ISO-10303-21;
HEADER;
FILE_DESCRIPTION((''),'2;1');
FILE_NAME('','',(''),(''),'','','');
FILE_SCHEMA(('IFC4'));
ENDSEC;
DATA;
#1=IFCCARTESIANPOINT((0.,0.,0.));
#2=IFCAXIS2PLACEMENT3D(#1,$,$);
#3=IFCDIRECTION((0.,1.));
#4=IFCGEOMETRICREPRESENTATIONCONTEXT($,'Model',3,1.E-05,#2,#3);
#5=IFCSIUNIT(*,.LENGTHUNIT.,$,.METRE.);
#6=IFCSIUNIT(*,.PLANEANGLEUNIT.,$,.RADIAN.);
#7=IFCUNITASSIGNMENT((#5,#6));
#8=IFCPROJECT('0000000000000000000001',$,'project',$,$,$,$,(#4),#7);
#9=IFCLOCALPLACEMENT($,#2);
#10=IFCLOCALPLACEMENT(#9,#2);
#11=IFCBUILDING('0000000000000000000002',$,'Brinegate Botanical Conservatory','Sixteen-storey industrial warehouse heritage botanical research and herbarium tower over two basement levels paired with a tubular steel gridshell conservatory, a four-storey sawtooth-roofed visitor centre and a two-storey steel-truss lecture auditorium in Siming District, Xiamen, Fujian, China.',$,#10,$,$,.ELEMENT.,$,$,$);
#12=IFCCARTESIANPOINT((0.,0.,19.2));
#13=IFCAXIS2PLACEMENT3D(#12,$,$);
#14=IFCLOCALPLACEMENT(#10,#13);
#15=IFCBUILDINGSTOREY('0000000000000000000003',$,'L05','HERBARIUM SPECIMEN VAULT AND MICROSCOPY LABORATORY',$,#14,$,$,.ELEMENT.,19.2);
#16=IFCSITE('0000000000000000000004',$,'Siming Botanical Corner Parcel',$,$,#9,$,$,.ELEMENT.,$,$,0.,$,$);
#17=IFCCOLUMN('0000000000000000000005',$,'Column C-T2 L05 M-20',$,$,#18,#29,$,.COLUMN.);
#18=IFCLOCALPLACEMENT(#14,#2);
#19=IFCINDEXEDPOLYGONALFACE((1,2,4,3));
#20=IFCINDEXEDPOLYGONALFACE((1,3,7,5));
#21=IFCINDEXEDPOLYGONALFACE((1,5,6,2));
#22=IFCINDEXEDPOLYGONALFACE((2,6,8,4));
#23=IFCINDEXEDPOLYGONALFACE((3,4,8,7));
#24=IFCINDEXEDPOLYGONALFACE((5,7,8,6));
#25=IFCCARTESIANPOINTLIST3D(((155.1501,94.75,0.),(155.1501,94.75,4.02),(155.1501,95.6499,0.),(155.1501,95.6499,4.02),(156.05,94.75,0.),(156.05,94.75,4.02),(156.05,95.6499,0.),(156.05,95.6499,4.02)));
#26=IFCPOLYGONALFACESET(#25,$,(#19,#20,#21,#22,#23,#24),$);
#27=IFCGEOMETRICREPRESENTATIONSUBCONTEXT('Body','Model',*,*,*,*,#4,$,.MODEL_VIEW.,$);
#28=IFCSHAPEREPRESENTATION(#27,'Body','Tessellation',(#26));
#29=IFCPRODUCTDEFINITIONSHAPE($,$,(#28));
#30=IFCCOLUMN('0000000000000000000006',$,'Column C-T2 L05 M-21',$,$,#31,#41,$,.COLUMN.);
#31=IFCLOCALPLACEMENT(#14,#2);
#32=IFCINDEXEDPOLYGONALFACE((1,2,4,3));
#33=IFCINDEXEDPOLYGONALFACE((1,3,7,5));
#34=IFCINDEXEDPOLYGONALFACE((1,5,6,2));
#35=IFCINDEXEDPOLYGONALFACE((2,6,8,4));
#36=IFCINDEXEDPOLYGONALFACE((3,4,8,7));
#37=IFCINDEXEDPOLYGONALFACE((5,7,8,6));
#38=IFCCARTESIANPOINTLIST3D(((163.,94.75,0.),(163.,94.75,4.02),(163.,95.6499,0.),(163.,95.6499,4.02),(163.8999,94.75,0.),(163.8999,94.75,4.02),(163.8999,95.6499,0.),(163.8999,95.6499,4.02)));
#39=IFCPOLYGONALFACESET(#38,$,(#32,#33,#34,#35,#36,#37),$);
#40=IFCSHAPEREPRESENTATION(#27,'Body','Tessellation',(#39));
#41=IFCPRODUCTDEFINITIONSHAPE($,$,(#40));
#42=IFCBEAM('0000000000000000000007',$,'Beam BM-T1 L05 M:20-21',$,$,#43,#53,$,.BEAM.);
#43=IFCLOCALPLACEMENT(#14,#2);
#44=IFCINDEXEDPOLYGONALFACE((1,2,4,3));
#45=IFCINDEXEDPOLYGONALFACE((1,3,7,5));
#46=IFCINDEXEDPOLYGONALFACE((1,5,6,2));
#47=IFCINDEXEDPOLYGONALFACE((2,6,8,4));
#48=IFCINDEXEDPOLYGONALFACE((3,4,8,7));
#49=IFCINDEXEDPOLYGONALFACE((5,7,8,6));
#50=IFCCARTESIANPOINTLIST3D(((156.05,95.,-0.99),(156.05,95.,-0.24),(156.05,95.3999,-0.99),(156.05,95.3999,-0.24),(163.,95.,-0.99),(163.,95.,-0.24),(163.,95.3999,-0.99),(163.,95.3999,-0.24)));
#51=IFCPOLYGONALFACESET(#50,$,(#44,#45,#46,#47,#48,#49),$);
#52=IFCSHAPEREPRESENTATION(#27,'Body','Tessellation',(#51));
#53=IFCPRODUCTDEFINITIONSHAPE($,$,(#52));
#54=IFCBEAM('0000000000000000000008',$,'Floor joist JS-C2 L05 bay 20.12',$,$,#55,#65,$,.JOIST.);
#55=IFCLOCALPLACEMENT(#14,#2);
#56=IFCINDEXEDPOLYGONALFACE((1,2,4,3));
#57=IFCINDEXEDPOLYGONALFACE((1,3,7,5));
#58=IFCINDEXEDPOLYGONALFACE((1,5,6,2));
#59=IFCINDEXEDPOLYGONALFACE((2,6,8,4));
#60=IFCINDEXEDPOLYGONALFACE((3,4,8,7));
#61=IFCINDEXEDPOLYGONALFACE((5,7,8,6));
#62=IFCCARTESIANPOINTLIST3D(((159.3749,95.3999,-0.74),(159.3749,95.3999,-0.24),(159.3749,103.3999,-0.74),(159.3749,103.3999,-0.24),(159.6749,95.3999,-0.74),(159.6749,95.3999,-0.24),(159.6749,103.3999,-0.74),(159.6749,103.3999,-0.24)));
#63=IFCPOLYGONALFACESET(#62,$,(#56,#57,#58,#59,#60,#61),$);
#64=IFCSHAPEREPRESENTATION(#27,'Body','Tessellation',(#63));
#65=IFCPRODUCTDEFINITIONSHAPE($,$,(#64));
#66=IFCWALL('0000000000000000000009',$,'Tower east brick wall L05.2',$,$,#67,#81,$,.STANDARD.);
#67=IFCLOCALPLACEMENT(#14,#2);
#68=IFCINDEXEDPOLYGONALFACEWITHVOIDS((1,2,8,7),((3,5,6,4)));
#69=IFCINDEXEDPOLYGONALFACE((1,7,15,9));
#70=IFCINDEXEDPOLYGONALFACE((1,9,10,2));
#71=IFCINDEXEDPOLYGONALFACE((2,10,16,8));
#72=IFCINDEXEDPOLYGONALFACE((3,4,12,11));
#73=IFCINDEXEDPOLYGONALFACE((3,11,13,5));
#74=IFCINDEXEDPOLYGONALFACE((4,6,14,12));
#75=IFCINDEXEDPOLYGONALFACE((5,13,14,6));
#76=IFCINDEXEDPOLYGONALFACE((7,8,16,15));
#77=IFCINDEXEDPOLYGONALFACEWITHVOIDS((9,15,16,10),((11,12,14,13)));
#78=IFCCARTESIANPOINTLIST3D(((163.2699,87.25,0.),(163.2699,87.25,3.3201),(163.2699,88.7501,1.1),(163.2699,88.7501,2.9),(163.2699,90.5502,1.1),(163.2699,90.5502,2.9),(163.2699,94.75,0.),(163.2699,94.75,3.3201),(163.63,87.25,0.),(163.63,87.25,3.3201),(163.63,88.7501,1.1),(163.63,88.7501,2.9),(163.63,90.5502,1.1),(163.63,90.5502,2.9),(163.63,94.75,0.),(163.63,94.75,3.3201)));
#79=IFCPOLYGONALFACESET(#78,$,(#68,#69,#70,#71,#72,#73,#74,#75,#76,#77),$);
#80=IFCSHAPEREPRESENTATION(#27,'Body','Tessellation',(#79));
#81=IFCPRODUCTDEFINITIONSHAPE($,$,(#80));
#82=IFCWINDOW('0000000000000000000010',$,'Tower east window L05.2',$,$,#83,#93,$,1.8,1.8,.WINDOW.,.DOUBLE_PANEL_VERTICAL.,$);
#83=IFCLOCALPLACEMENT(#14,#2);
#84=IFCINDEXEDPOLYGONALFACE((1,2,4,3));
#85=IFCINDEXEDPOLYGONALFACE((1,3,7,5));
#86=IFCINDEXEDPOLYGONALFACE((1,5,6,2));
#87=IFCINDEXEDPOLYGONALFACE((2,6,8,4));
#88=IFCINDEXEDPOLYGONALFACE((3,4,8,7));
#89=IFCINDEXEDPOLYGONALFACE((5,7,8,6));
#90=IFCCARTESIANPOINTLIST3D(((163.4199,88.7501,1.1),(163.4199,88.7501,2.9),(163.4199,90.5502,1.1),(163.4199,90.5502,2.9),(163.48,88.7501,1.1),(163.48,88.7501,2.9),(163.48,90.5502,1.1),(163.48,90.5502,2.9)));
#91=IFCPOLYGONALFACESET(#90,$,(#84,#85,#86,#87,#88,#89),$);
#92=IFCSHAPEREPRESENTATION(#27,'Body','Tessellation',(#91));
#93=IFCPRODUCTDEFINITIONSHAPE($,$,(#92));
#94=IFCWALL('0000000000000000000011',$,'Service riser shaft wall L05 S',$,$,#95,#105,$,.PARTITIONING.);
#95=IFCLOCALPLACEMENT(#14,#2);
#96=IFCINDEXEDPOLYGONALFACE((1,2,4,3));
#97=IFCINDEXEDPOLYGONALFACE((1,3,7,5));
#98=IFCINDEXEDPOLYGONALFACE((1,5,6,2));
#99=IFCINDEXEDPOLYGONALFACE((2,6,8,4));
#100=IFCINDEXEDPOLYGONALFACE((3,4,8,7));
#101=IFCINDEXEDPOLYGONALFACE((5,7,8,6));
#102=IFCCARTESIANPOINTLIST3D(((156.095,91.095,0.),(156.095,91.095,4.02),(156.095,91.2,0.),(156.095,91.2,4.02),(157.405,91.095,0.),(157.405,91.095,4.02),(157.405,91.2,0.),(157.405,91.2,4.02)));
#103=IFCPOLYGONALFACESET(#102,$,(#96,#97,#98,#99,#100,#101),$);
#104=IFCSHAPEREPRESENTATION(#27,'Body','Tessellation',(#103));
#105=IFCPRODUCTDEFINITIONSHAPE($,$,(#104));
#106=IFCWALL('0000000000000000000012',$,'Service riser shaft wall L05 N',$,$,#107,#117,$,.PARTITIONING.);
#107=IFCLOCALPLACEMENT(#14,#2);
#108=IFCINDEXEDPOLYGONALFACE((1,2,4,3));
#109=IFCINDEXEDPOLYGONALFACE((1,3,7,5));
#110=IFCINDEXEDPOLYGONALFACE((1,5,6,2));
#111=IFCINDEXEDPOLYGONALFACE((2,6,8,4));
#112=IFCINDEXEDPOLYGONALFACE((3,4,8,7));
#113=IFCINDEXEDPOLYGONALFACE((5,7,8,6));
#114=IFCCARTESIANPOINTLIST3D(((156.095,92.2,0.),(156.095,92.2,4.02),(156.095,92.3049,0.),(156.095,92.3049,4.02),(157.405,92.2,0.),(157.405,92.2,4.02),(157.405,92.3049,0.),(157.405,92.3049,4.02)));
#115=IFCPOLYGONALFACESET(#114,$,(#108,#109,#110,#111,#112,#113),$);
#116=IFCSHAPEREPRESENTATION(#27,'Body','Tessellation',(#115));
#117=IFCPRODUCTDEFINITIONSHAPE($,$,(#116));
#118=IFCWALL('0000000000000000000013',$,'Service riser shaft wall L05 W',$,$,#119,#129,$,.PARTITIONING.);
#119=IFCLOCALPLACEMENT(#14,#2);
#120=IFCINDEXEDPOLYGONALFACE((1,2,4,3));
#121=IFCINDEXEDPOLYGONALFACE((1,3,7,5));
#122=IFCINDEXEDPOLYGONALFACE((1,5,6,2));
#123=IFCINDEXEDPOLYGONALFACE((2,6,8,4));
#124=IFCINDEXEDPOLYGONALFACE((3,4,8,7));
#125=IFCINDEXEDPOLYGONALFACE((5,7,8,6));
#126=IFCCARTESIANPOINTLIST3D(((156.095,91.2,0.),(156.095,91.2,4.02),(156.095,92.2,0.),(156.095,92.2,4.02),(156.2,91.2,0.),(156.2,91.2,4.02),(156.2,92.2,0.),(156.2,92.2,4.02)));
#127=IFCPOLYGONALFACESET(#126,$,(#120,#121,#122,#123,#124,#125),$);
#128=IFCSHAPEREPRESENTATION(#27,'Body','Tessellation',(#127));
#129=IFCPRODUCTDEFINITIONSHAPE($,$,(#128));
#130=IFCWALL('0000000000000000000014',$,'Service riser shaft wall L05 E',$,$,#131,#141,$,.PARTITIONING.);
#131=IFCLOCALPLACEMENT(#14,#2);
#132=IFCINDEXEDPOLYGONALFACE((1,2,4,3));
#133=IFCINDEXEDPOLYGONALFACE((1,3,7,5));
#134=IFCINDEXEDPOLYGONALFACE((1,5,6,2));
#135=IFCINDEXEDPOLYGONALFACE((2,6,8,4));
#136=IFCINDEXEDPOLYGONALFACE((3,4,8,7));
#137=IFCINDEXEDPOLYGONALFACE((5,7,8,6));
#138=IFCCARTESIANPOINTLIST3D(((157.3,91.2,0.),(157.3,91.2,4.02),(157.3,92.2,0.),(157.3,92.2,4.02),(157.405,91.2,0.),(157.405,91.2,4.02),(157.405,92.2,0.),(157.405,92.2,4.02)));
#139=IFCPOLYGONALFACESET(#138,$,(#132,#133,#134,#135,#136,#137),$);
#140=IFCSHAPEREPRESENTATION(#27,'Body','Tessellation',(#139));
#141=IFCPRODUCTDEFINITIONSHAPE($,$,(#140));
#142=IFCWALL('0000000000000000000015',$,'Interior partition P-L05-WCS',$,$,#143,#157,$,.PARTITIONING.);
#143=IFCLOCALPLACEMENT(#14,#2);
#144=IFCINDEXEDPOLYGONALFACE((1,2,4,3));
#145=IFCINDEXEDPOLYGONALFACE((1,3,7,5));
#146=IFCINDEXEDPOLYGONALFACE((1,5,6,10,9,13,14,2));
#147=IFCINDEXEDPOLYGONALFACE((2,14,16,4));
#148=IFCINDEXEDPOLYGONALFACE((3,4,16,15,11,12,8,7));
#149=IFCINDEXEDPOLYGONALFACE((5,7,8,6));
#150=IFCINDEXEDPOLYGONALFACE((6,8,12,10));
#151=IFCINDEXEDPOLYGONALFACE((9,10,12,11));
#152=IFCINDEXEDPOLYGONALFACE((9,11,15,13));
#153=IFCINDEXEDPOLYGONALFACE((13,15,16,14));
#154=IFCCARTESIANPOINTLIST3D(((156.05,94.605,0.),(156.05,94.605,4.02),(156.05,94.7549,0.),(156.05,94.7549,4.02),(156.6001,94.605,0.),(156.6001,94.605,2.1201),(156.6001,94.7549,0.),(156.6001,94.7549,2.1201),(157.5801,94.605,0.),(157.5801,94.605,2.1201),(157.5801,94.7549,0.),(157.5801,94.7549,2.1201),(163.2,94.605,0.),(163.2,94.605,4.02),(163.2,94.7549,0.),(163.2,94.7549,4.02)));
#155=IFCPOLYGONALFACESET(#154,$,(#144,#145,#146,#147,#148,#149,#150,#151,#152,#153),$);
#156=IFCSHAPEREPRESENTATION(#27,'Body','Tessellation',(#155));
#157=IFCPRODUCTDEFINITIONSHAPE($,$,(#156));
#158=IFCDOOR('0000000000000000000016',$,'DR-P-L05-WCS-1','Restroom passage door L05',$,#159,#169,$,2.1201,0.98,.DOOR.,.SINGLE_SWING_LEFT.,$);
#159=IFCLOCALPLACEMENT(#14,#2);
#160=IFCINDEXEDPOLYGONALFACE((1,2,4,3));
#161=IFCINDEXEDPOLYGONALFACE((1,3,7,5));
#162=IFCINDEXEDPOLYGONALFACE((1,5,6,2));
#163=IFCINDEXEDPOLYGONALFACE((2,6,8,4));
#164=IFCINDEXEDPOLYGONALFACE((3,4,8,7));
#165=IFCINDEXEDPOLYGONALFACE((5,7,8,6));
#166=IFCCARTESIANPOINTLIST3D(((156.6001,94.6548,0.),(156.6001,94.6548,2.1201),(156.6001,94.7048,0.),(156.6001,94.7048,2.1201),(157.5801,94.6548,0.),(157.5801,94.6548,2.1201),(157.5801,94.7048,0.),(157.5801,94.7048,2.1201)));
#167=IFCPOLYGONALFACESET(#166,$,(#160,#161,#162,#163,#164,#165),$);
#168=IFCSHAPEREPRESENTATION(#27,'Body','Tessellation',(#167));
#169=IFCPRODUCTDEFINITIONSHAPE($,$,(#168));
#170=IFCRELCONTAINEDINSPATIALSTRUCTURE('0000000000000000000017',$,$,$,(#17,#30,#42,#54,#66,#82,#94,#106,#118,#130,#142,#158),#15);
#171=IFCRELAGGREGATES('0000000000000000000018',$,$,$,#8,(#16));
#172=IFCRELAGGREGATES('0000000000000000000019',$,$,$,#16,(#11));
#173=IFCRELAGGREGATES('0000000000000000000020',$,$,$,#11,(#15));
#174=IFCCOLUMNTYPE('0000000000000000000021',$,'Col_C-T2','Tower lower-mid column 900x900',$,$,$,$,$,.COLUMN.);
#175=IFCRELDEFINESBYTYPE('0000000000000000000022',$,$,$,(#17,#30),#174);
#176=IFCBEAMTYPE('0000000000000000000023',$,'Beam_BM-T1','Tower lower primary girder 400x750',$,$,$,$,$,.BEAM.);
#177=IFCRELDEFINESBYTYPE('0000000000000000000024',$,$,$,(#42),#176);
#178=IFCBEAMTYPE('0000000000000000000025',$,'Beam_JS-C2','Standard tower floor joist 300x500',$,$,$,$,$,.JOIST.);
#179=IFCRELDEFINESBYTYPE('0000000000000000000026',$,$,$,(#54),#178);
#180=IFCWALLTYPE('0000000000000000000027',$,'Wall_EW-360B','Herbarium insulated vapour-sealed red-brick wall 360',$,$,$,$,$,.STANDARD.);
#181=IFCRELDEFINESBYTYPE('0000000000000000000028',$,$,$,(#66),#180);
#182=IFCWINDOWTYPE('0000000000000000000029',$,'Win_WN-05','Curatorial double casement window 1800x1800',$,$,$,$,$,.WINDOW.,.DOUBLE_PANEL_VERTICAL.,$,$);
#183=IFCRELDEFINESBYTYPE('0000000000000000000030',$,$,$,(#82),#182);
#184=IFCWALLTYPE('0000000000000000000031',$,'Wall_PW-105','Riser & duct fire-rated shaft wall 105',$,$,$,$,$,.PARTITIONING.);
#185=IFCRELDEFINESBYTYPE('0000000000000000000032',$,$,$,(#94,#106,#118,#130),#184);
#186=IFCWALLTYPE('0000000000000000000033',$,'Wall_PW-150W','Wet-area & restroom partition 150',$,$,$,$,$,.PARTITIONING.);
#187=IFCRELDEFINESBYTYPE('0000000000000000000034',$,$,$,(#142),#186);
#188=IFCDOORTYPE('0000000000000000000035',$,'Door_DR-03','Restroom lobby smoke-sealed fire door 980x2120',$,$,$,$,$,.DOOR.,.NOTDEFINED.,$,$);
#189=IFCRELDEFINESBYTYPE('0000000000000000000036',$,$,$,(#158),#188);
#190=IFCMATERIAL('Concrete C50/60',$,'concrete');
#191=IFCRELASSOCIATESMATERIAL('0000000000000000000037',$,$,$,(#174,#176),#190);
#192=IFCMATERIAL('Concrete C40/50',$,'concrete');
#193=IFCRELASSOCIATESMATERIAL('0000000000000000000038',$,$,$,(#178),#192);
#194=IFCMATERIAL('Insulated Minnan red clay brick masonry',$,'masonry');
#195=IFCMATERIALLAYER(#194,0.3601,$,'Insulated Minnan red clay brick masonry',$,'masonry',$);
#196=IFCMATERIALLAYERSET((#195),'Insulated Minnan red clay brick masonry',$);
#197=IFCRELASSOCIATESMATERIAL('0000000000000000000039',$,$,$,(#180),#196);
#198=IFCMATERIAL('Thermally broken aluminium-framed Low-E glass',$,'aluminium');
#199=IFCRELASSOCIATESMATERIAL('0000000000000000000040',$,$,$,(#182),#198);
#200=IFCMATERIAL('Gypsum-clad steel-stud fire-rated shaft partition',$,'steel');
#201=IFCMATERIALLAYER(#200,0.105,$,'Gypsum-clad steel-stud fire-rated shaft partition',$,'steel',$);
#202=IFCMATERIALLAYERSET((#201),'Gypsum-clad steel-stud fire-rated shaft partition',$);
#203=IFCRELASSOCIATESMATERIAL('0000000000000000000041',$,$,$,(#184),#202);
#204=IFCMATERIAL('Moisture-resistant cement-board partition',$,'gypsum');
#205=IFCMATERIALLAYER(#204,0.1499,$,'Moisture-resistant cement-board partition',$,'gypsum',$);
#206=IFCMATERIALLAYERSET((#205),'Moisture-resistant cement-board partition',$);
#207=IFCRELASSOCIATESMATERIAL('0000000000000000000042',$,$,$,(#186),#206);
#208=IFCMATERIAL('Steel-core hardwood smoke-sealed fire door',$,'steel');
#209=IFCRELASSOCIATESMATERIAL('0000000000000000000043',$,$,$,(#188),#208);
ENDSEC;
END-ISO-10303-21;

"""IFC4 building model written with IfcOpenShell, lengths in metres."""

from ifc_helpers import new_model, si_unit, direction, frame, frame_2d, origin, origin_2d, place, context, subcontext, project, spatial, rectangle, extrude, material, layer, layer_set, material_profile, profile_set, type_object, element, fill, save


model = new_model("IFC4")

# Units and contexts
model_context = context("Model", 3, precision=1e-05, world=origin(), true_north=direction((0.0, 1.0)))
body_context = subcontext(model_context, "Body", "Model", "MODEL_VIEW")
ifc_project = project(units=[si_unit("LENGTHUNIT", "METRE"), si_unit("PLANEANGLEUNIT", "RADIAN")], contexts=[model_context])

# Site, building, storey
site_placement = place(None, origin())
site = spatial("IfcSite", under=ifc_project, at=site_placement, Name="Siming Botanical Corner Parcel", CompositionType="ELEMENT", RefElevation=0.0)
building_placement = place(site_placement, origin())
building = spatial("IfcBuilding", under=site, at=building_placement, Name="Brinegate Botanical Conservatory", Description="Sixteen-storey industrial warehouse heritage botanical research and herbarium tower over two basement levels paired with a tubular steel gridshell conservatory, a four-storey sawtooth-roofed visitor centre and a two-storey steel-truss lecture auditorium in Siming District, Xiamen, Fujian, China.", CompositionType="ELEMENT")
storey_placement = place(building_placement, frame((0.0, 0.0, 19.2)))
storey = spatial("IfcBuildingStorey", under=building, at=storey_placement, Name="L05", Description="HERBARIUM SPECIMEN VAULT AND MICROSCOPY LABORATORY", CompositionType="ELEMENT", Elevation=19.2)

# Columns
ifc_material_1 = material(Name="Concrete C50/60", Category="concrete")
ifc_material_profile_1 = material_profile(ifc_material_1, rectangle(XDim=0.8999, YDim=0.8999, at=origin_2d()), Name="RC COL 900x900")
ifc_profile_set_1 = profile_set([ifc_material_profile_1], Name="Concrete C50/60")
column_type = type_object("IfcColumnType", Name="Col_C-T2", Description="Tower lower-mid column 900x900", PredefinedType="COLUMN", material=ifc_profile_set_1)
for number, where, z_axis, x_axis, name in (
    (1, (155.6001, 95.2, 0.0), (0.0, 0.0, 1.0), (1.0, 0.0, 0.0), "Column C-T2 L05 M-20"),
    (2, (163.45, 95.2, 0.0), (0.0, 0.0, 1.0), (1.0, 0.0, 0.0), "Column C-T2 L05 M-21"),
):
    element("IfcColumn", number, at=place(storey_placement, frame(where, z_axis=z_axis, x_axis=x_axis)), inside=storey, type_object=column_type, Name=name, PredefinedType="COLUMN", context=body_context, shape_type="SweptSolid", body=[
        extrude(rectangle(XDim=0.8999, YDim=0.8999, at=origin_2d()), origin(), (0.0, 0.0, 1.0), 4.02),
    ])

# Beams
ifc_material_profile_2 = material_profile(ifc_material_1, rectangle(XDim=0.3999, YDim=0.75, at=origin_2d()), Name="RC BM 400x750")
ifc_profile_set_2 = profile_set([ifc_material_profile_2], Name="Concrete C50/60")
beam_type_1 = type_object("IfcBeamType", Name="Beam_BM-T1", Description="Tower lower primary girder 400x750", PredefinedType="BEAM", material=ifc_profile_set_2)
beam_1_placement = place(storey_placement, frame((156.05, 95.2, -0.615), z_axis=(1.0, 0.0, 0.0), x_axis=(0.0, 1.0, 0.0)))
element("IfcBeam", 3, at=beam_1_placement, inside=storey, type_object=beam_type_1, Name="Beam BM-T1 L05 M:20-21", PredefinedType="BEAM", context=body_context, shape_type="SweptSolid", body=[
    extrude(rectangle(XDim=0.3999, YDim=0.75, at=origin_2d()), origin(), (0.0, 0.0, 1.0), 6.95),
])
ifc_material_2 = material(Name="Concrete C40/50", Category="concrete")
ifc_material_profile_3 = material_profile(ifc_material_2, rectangle(XDim=0.3, YDim=0.5, at=origin_2d()), Name="RC JST 300x500")
ifc_profile_set_3 = profile_set([ifc_material_profile_3], Name="Concrete C40/50")
beam_type_2 = type_object("IfcBeamType", Name="Beam_JS-C2", Description="Standard tower floor joist 300x500", PredefinedType="JOIST", material=ifc_profile_set_3)
beam_2_placement = place(storey_placement, frame((159.5249, 95.3999, -0.49), z_axis=(0.0, 1.0, 0.0), x_axis=(-1.0, 0.0, 0.0)))
element("IfcBeam", 4, at=beam_2_placement, inside=storey, type_object=beam_type_2, Name="Floor joist JS-C2 L05 bay 20.12", PredefinedType="JOIST", context=body_context, shape_type="SweptSolid", body=[
    extrude(rectangle(XDim=0.3, YDim=0.5, at=origin_2d()), origin(), (0.0, 0.0, 1.0), 8.0),
])

# Wall, opening, window
ifc_material_3 = material(Name="Insulated Minnan red clay brick masonry", Category="masonry")
ifc_layer_1 = layer(ifc_material_3, 0.3601, Name="Insulated Minnan red clay brick masonry", Category="masonry")
ifc_layer_set_1 = layer_set([ifc_layer_1], Name="Insulated Minnan red clay brick masonry")
wall_type_1 = type_object("IfcWallType", Name="Wall_EW-360B", Description="Herbarium insulated vapour-sealed red-brick wall 360", PredefinedType="STANDARD", material=ifc_layer_set_1)
wall_1_placement = place(storey_placement, frame((163.45, 94.75, 0.0), z_axis=(0.0, 0.0, 1.0), x_axis=(0.0, -1.0, 0.0)))
wall_1 = element("IfcWall", 5, at=wall_1_placement, inside=storey, type_object=wall_type_1, Name="Tower east brick wall L05.2", PredefinedType="STANDARD", context=body_context, shape_type="SweptSolid", body=[
    extrude(rectangle(XDim=7.5, YDim=0.3601, at=frame_2d((3.75, 0.0))), origin(), (0.0, 0.0, 1.0), 3.3201),
])
opening_1_placement = place(wall_1_placement, frame((4.2, 0.0, 1.1001)))
opening_1 = element("IfcOpeningElement", 6, at=opening_1_placement, cuts=wall_1, PredefinedType="OPENING", context=body_context, shape_type="SweptSolid", body=[
    extrude(rectangle(XDim=1.8, YDim=1.8, at=frame_2d((0.8999, 0.8999))), frame((0.0, 0.1899, 0.0), z_axis=(0.0, -1.0, 0.0), x_axis=(1.0, 0.0, 0.0)), (0.0, 0.0, 1.0), 0.3801),
])
ifc_material_4 = material(Name="Thermally broken aluminium-framed Low-E glass", Category="aluminium")
window_type = type_object("IfcWindowType", Name="Win_WN-05", Description="Curatorial double casement window 1800x1800", PartitioningType="DOUBLE_PANEL_VERTICAL", PredefinedType="WINDOW", material=ifc_material_4)
window_placement = place(opening_1_placement, origin())
window = element("IfcWindow", 7, at=window_placement, inside=storey, type_object=window_type, Name="Tower east window L05.2", OverallHeight=1.8, OverallWidth=1.8, PartitioningType="DOUBLE_PANEL_VERTICAL", PredefinedType="WINDOW", context=body_context, shape_type="SweptSolid", body=[
    extrude(rectangle(XDim=1.8, YDim=1.8, at=frame_2d((0.8999, 0.8999))), frame((0.0, 0.03, 0.0), z_axis=(0.0, -1.0, 0.0), x_axis=(1.0, 0.0, 0.0)), (0.0, 0.0, 1.0), 0.0601),
])
fill(opening_1, window)

# Walls
ifc_material_5 = material(Name="Gypsum-clad steel-stud fire-rated shaft partition", Category="steel")
ifc_layer_2 = layer(ifc_material_5, 0.105, Name="Gypsum-clad steel-stud fire-rated shaft partition", Category="steel")
ifc_layer_set_2 = layer_set([ifc_layer_2], Name="Gypsum-clad steel-stud fire-rated shaft partition")
wall_type_2 = type_object("IfcWallType", Name="Wall_PW-105", Description="Riser & duct fire-rated shaft wall 105", PredefinedType="PARTITIONING", material=ifc_layer_set_2)
for number, where, z_axis, x_axis, name in (
    (8, (156.095, 91.1475, 0.0), (0.0, 0.0, 1.0), (1.0, 0.0, 0.0), "Service riser shaft wall L05 S"),
    (9, (156.095, 92.2524, 0.0), (0.0, 0.0, 1.0), (1.0, 0.0, 0.0), "Service riser shaft wall L05 N"),
):
    element("IfcWall", number, at=place(storey_placement, frame(where, z_axis=z_axis, x_axis=x_axis)), inside=storey, type_object=wall_type_2, Name=name, PredefinedType="PARTITIONING", context=body_context, shape_type="SweptSolid", body=[
        extrude(rectangle(XDim=1.3101, YDim=0.105, at=frame_2d((0.655, 0.0))), origin(), (0.0, 0.0, 1.0), 4.02),
    ])
for number, where, z_axis, x_axis, name in (
    (10, (156.1475, 91.2, 0.0), (0.0, 0.0, 1.0), (0.0, 1.0, 0.0), "Service riser shaft wall L05 W"),
    (11, (157.3525, 91.2, 0.0), (0.0, 0.0, 1.0), (0.0, 1.0, 0.0), "Service riser shaft wall L05 E"),
):
    element("IfcWall", number, at=place(storey_placement, frame(where, z_axis=z_axis, x_axis=x_axis)), inside=storey, type_object=wall_type_2, Name=name, PredefinedType="PARTITIONING", context=body_context, shape_type="SweptSolid", body=[
        extrude(rectangle(XDim=1.0, YDim=0.105, at=frame_2d((0.5, 0.0))), origin(), (0.0, 0.0, 1.0), 4.02),
    ])

# Wall, opening, door
ifc_material_6 = material(Name="Moisture-resistant cement-board partition", Category="gypsum")
ifc_layer_3 = layer(ifc_material_6, 0.1499, Name="Moisture-resistant cement-board partition", Category="gypsum")
ifc_layer_set_3 = layer_set([ifc_layer_3], Name="Moisture-resistant cement-board partition")
wall_type_3 = type_object("IfcWallType", Name="Wall_PW-150W", Description="Wet-area & restroom partition 150", PredefinedType="PARTITIONING", material=ifc_layer_set_3)
wall_2_placement = place(storey_placement, frame((156.05, 94.6799, 0.0), z_axis=(0.0, 0.0, 1.0), x_axis=(1.0, 0.0, 0.0)))
wall_2 = element("IfcWall", 12, at=wall_2_placement, inside=storey, type_object=wall_type_3, Name="Interior partition P-L05-WCS", PredefinedType="PARTITIONING", context=body_context, shape_type="SweptSolid", body=[
    extrude(rectangle(XDim=7.1499, YDim=0.1499, at=frame_2d((3.575, 0.0))), origin(), (0.0, 0.0, 1.0), 4.02),
])
opening_2_placement = place(wall_2_placement, frame((0.55, 0.0, 0.0)))
opening_2 = element("IfcOpeningElement", 13, at=opening_2_placement, cuts=wall_2, PredefinedType="OPENING", context=body_context, shape_type="SweptSolid", body=[
    extrude(rectangle(XDim=0.98, YDim=2.1201, at=frame_2d((0.49, 1.0601))), frame((0.0, 0.085, 0.0), z_axis=(0.0, -1.0, 0.0), x_axis=(1.0, 0.0, 0.0)), (0.0, 0.0, 1.0), 0.1699),
])
ifc_material_7 = material(Name="Steel-core hardwood smoke-sealed fire door", Category="steel")
door_type_1 = type_object("IfcDoorType", Name="Door_DR-03", Description="Restroom lobby smoke-sealed fire door 980x2120", OperationType="NOTDEFINED", PredefinedType="DOOR", material=ifc_material_7)
door_1_placement = place(opening_2_placement, origin())
door_1 = element("IfcDoor", 14, at=door_1_placement, inside=storey, type_object=door_type_1, Name="DR-P-L05-WCS-1", Description="Restroom passage door L05", OperationType="SINGLE_SWING_LEFT", OverallHeight=2.1201, OverallWidth=0.98, PredefinedType="DOOR", context=body_context, shape_type="SweptSolid", body=[
    extrude(rectangle(XDim=0.98, YDim=2.1201, at=frame_2d((0.49, 1.0601))), frame((0.0, 0.0249, 0.0), z_axis=(0.0, -1.0, 0.0), x_axis=(1.0, 0.0, 0.0)), (0.0, 0.0, 1.0), 0.05),
])
fill(opening_2, door_1)

save(model, "model.ifc")
